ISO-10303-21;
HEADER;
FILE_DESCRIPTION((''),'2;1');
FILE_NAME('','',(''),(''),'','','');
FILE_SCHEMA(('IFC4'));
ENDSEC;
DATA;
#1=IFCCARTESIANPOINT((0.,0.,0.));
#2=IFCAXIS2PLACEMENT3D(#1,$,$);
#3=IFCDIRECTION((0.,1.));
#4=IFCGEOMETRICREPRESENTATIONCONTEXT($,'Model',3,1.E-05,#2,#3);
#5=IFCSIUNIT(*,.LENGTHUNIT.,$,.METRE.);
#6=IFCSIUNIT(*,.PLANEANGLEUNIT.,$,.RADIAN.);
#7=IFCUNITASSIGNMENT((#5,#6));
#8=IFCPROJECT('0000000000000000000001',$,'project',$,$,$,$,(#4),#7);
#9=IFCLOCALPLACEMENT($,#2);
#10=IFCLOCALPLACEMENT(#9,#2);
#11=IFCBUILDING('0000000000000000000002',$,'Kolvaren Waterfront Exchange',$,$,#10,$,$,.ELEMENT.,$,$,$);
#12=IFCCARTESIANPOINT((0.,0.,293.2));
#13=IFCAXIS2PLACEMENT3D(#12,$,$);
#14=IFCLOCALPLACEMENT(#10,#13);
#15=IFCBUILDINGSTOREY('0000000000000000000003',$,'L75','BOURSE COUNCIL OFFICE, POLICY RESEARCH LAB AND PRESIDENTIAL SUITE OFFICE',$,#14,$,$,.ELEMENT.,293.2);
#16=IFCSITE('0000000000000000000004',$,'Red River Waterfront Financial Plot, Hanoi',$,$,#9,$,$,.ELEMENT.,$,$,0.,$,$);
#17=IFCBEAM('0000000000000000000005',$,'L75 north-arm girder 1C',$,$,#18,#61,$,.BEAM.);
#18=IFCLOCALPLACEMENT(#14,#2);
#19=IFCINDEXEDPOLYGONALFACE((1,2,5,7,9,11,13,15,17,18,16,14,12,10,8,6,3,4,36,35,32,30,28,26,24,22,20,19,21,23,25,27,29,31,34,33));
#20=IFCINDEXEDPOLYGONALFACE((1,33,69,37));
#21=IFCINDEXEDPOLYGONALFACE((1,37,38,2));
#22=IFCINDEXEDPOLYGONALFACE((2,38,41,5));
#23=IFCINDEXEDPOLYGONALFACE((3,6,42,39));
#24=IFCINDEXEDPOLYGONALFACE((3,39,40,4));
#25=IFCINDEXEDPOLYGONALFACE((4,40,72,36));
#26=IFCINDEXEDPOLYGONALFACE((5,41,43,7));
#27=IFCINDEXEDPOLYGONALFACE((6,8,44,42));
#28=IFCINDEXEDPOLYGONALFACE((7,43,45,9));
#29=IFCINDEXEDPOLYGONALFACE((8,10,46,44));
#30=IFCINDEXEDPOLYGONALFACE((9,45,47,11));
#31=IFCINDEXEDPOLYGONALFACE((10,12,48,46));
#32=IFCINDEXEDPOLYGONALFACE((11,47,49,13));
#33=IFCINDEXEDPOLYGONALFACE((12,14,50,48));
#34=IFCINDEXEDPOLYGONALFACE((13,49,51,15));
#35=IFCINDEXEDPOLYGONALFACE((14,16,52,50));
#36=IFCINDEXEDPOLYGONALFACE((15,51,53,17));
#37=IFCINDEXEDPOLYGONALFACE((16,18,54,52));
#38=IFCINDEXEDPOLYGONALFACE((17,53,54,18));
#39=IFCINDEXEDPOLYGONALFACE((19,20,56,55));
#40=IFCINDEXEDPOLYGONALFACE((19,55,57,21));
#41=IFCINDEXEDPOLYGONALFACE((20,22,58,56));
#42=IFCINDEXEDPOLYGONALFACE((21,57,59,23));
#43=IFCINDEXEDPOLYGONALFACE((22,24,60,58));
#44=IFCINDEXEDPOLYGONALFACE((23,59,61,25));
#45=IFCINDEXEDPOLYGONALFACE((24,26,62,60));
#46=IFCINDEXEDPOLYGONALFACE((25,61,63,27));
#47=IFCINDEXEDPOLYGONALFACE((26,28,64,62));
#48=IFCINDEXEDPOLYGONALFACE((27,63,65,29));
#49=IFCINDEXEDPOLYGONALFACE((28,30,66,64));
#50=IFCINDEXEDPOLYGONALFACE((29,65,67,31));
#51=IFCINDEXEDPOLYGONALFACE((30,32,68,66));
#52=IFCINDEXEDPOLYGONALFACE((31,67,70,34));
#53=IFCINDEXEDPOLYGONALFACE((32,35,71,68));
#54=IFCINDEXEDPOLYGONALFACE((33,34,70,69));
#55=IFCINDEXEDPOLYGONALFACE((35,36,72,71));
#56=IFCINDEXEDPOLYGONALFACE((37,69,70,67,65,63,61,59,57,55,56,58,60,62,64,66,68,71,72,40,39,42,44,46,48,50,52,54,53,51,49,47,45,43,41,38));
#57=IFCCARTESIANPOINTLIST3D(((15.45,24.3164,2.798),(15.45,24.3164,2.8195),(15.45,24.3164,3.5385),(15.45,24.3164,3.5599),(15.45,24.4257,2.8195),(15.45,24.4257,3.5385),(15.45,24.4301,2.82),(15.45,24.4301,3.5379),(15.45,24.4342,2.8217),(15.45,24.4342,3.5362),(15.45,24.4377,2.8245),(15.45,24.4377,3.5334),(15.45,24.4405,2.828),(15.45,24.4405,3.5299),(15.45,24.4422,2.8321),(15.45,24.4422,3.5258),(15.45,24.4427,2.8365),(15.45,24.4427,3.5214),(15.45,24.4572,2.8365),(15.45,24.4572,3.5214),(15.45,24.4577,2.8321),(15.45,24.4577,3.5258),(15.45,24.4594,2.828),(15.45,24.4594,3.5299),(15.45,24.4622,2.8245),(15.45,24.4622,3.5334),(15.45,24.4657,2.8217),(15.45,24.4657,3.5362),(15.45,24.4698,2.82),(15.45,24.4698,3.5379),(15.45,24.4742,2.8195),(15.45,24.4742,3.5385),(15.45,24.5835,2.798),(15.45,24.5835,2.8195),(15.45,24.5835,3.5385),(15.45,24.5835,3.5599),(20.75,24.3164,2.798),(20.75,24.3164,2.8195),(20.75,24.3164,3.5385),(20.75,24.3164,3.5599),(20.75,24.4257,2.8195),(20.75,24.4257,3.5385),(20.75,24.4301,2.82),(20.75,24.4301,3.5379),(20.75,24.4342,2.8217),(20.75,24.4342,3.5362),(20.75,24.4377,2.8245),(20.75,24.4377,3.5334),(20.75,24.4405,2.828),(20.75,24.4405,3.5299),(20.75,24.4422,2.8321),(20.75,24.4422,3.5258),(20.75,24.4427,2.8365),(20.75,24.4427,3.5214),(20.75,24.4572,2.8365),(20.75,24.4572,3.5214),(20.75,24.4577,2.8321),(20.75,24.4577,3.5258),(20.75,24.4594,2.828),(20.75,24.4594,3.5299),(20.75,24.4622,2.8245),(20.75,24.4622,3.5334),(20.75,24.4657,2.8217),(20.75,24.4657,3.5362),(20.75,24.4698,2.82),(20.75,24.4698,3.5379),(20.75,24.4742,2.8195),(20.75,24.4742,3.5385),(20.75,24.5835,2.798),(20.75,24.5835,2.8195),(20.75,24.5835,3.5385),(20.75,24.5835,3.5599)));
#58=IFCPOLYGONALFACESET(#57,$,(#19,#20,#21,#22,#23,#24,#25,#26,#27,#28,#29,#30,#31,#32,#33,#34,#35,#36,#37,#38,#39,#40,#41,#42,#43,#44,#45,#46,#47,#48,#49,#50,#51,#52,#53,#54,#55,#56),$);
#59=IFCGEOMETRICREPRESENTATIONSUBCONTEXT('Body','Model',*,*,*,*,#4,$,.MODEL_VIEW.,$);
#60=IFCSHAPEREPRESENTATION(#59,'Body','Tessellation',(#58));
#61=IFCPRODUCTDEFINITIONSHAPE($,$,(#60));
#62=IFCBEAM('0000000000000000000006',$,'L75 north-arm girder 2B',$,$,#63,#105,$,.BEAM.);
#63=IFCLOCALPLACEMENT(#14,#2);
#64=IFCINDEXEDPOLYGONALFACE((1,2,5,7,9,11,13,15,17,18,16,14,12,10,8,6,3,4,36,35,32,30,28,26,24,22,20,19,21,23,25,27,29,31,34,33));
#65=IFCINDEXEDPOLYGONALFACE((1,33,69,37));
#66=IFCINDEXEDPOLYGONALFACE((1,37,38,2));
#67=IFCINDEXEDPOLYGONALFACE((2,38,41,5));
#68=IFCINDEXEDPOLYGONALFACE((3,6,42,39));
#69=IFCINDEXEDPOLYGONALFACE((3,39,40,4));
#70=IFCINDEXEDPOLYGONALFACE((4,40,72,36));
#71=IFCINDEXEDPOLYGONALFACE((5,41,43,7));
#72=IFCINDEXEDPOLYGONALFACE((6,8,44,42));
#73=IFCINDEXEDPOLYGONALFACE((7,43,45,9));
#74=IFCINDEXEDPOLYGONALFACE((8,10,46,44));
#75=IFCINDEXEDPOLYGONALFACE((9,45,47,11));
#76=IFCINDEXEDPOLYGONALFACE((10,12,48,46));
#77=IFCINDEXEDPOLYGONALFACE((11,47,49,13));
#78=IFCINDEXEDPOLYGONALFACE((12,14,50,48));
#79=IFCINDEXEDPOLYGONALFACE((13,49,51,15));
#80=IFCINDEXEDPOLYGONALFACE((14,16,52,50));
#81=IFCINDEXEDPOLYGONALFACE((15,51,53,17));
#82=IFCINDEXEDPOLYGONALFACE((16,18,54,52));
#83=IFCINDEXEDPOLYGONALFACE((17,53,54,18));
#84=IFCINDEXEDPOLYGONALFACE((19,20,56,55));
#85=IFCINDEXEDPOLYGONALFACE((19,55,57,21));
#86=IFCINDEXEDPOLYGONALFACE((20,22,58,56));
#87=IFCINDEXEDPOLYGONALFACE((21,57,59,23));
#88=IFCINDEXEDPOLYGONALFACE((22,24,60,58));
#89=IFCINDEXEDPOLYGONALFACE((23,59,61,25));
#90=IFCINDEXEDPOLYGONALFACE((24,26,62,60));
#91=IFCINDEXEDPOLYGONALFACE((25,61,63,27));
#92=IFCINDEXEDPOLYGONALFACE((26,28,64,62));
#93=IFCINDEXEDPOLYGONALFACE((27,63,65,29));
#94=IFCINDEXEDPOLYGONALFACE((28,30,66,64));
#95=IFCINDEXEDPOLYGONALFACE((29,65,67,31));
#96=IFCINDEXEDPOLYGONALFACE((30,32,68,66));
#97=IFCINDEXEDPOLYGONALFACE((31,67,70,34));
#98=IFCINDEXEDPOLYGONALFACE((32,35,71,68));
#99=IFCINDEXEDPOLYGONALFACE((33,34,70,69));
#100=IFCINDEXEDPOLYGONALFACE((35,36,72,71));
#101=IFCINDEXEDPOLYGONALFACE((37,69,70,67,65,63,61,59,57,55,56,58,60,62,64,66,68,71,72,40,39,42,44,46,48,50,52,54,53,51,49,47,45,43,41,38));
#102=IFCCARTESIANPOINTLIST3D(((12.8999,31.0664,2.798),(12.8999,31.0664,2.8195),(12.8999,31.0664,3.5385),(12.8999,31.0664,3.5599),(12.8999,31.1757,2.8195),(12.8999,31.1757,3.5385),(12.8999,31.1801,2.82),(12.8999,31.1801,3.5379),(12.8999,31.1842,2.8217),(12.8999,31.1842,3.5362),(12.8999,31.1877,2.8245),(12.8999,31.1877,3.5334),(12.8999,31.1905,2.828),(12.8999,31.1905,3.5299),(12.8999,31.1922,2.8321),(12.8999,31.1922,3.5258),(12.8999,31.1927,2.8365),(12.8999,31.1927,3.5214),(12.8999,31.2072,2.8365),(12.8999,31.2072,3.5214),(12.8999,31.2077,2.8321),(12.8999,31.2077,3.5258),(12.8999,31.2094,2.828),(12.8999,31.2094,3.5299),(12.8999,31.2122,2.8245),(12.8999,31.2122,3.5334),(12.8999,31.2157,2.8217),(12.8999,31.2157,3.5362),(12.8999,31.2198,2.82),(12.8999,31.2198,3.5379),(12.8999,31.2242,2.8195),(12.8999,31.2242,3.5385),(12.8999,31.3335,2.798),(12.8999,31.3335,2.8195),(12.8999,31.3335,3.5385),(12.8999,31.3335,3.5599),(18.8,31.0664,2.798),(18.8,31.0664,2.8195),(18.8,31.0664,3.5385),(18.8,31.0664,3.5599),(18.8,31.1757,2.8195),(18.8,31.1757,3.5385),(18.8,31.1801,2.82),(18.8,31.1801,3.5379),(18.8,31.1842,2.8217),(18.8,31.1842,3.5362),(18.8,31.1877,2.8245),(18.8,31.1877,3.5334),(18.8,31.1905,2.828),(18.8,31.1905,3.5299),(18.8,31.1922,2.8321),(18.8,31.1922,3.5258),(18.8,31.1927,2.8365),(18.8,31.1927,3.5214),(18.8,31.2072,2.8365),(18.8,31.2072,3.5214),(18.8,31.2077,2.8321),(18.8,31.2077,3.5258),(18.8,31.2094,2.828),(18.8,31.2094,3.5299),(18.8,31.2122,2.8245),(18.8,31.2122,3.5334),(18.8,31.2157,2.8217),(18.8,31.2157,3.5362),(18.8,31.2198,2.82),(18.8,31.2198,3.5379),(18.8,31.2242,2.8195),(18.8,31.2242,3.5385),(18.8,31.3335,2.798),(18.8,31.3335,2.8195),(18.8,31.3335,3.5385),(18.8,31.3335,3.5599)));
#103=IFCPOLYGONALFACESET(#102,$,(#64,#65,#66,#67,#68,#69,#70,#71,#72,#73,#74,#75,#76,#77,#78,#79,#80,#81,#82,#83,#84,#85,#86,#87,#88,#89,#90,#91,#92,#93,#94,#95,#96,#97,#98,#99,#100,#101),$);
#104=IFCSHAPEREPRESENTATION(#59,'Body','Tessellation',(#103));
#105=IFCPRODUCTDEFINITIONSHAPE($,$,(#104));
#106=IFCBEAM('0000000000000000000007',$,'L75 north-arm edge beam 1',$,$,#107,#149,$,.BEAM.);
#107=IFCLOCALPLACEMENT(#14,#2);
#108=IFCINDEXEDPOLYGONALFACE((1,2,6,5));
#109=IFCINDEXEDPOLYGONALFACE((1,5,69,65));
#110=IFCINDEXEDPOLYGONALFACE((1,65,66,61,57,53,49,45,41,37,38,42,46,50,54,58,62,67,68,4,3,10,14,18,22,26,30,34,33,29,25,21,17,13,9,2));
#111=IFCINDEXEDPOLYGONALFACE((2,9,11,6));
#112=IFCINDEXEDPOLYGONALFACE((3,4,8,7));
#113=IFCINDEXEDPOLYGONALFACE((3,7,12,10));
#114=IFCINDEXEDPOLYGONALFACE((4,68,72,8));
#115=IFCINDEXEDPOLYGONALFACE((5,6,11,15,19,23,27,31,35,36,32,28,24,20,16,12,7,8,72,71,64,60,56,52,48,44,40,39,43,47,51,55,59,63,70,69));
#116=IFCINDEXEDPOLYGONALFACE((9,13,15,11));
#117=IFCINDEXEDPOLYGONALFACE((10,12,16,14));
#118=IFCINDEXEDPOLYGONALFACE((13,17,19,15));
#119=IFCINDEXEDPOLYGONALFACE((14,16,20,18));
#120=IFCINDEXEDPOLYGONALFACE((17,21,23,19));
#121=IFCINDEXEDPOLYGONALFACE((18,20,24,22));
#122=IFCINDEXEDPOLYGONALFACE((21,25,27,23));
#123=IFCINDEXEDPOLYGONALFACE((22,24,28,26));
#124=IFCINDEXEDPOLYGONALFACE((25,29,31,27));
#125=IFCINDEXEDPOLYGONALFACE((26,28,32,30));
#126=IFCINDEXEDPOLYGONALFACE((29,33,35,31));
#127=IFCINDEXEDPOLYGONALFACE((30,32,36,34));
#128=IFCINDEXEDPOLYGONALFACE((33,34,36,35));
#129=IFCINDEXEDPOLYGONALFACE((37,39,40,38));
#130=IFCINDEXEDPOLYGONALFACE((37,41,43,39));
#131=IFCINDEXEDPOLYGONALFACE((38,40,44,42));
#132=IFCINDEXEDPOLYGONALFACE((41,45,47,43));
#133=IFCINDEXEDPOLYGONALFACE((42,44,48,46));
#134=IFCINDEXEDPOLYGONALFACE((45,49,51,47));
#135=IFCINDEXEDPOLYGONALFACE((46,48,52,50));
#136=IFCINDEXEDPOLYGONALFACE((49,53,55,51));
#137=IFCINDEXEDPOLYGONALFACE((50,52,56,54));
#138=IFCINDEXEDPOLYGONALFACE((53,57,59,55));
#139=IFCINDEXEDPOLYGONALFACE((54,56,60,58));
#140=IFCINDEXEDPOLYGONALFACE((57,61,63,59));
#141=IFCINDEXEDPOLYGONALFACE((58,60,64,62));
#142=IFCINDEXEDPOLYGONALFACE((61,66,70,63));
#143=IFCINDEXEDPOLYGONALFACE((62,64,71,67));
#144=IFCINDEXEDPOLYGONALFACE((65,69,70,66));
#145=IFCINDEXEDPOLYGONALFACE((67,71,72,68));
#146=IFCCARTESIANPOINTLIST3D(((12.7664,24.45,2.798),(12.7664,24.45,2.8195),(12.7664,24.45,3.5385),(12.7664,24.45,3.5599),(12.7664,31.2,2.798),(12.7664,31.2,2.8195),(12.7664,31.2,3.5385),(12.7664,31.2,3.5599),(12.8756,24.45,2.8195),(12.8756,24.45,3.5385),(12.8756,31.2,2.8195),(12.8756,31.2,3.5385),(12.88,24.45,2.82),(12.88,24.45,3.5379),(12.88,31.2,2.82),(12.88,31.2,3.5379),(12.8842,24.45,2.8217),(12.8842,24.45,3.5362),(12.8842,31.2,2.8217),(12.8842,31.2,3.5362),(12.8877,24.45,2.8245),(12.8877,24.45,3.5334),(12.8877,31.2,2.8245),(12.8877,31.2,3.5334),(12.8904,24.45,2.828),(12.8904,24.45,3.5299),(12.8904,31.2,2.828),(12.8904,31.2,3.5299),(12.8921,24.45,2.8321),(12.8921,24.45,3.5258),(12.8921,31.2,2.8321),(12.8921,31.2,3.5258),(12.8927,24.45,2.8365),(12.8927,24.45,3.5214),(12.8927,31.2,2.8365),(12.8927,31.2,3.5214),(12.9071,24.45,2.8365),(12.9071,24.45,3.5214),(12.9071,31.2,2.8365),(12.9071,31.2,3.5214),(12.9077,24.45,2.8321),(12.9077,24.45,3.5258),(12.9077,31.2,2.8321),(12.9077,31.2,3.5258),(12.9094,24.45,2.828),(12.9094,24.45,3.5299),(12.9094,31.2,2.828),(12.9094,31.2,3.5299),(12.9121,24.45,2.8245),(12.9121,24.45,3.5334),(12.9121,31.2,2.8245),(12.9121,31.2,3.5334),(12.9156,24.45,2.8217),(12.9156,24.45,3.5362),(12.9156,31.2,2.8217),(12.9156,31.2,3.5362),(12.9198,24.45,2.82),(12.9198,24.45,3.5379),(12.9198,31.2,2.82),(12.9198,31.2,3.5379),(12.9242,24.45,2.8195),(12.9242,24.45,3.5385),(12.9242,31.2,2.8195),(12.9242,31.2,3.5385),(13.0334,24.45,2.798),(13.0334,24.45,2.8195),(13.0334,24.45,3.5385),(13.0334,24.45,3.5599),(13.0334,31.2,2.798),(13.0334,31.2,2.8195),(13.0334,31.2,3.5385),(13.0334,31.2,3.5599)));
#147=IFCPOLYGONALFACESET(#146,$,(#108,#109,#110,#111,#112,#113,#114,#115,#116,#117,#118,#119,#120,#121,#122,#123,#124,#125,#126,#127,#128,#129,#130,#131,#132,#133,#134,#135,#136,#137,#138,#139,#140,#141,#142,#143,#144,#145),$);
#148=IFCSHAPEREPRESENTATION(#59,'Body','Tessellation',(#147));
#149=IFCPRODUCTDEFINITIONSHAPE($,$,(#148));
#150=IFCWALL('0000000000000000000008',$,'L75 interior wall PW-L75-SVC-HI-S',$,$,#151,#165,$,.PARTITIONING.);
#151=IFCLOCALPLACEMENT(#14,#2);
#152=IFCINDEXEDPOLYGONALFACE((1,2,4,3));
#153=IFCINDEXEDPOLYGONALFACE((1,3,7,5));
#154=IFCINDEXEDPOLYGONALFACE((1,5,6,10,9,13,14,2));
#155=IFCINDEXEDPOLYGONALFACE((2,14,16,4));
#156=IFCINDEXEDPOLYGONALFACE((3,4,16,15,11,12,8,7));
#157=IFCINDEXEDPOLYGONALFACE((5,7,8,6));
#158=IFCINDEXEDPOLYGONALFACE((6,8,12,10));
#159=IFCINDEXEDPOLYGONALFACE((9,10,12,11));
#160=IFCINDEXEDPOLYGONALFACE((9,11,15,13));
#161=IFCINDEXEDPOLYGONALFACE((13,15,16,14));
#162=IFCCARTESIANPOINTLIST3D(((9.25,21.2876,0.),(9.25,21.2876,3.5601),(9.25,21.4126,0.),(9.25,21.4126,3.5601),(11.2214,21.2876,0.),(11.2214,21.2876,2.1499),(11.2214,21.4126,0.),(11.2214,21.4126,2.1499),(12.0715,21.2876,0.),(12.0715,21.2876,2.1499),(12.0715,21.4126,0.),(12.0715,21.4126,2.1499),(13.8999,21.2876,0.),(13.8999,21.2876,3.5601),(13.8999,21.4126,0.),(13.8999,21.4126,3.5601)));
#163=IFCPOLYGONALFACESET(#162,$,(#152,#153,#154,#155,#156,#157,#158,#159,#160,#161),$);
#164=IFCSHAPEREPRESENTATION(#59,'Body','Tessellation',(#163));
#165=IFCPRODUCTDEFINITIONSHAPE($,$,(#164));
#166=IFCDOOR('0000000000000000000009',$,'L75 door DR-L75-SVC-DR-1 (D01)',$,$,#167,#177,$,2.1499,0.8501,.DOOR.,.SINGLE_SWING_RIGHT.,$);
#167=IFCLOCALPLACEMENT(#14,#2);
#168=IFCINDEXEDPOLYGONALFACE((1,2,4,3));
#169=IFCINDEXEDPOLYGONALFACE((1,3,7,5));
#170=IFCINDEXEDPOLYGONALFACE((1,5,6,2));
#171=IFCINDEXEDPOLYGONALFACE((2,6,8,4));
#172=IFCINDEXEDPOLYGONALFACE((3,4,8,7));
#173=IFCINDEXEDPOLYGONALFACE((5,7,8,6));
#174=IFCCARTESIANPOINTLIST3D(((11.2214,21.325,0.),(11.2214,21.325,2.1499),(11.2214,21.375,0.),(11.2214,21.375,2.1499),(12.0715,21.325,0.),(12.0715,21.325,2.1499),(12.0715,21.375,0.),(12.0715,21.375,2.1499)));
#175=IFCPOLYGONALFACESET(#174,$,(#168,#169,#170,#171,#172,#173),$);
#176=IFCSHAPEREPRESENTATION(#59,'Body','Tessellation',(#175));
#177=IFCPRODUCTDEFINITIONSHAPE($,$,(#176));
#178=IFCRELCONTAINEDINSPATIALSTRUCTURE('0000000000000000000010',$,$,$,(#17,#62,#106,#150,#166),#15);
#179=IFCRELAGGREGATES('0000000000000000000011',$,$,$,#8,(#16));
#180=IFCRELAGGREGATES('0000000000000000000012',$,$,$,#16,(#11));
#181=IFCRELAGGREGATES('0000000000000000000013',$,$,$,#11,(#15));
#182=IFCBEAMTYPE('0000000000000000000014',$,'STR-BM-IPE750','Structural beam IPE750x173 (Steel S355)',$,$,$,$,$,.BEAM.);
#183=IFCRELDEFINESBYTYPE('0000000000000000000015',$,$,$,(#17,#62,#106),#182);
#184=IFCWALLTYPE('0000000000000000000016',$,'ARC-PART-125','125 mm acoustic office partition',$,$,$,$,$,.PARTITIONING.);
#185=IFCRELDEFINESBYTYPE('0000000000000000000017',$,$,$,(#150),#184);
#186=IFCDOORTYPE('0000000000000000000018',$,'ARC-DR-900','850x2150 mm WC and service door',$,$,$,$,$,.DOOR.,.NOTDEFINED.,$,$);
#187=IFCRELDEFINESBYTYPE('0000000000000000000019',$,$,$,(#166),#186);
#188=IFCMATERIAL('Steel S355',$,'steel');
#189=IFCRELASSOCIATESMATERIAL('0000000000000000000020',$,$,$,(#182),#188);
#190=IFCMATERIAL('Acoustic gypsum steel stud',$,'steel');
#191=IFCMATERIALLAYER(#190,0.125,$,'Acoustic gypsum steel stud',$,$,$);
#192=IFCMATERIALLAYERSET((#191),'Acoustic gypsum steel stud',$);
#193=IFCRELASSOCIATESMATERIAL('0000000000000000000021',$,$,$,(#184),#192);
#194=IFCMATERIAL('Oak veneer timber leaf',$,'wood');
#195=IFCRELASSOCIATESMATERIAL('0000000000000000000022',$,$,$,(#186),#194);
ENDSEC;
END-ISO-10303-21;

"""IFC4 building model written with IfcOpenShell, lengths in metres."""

from ifc_helpers import new_model, si_unit, direction, frame, frame_2d, origin, origin_2d, place, context, subcontext, project, spatial, rectangle, i_section, extrude, material, layer, layer_set, material_profile, profile_set, type_object, element, fill, save


model = new_model("IFC4")

# Units and contexts
model_context = context("Model", 3, precision=1e-05, world=origin(), true_north=direction((0.0, 1.0)))
body_context = subcontext(model_context, "Body", "Model", "MODEL_VIEW")
ifc_project = project(units=[si_unit("LENGTHUNIT", "METRE"), si_unit("PLANEANGLEUNIT", "RADIAN")], contexts=[model_context])

# Site, building, storey
site_placement = place(None, origin())
site = spatial("IfcSite", under=ifc_project, at=site_placement, Name="Red River Waterfront Financial Plot, Hanoi", CompositionType="ELEMENT", RefElevation=0.0)
building_placement = place(site_placement, origin())
building = spatial("IfcBuilding", under=site, at=building_placement, Name="Kolvaren Waterfront Exchange", CompositionType="ELEMENT")
storey_placement = place(building_placement, frame((0.0, 0.0, 293.2)))
storey = spatial("IfcBuildingStorey", under=building, at=storey_placement, Name="L75", Description="BOURSE COUNCIL OFFICE, POLICY RESEARCH LAB AND PRESIDENTIAL SUITE OFFICE", CompositionType="ELEMENT", Elevation=293.2)

# Beams
ifc_material_1 = material(Name="Steel S355", Category="steel")
ifc_material_profile_1 = material_profile(ifc_material_1, i_section(OverallWidth=0.2671, OverallDepth=0.762, WebThickness=0.0144, FlangeThickness=0.0215, FilletRadius=0.0171, at=origin_2d()), Name="IPE750x173")
ifc_profile_set_1 = profile_set([ifc_material_profile_1], Name="Steel S355")
beam_type_1 = type_object("IfcBeamType", Name="STR-BM-IPE750", Description="Structural beam IPE750x173 (Steel S355)", PredefinedType="BEAM", material=ifc_profile_set_1)
beam_1_placement = place(storey_placement, frame((15.45, 24.45, 3.179), z_axis=(1.0, 0.0, 0.0), x_axis=(0.0, 1.0, 0.0)))
element("IfcBeam", 1, at=beam_1_placement, inside=storey, type_object=beam_type_1, Name="L75 north-arm girder 1C", PredefinedType="BEAM", context=body_context, shape_type="SweptSolid", body=[
    extrude(i_section(OverallWidth=0.2671, OverallDepth=0.762, WebThickness=0.0144, FlangeThickness=0.0215, FilletRadius=0.0171, at=origin_2d()), origin(), (0.0, 0.0, 1.0), 5.3),
])
beam_2_placement = place(storey_placement, frame((12.8999, 31.2, 3.179), z_axis=(1.0, 0.0, 0.0), x_axis=(0.0, 1.0, 0.0)))
element("IfcBeam", 2, at=beam_2_placement, inside=storey, type_object=beam_type_1, Name="L75 north-arm girder 2B", PredefinedType="BEAM", context=body_context, shape_type="SweptSolid", body=[
    extrude(i_section(OverallWidth=0.2671, OverallDepth=0.762, WebThickness=0.0144, FlangeThickness=0.0215, FilletRadius=0.0171, at=origin_2d()), origin(), (0.0, 0.0, 1.0), 5.9001),
])
beam_3_placement = place(storey_placement, frame((12.8999, 24.45, 3.179), z_axis=(0.0, 1.0, 0.0), x_axis=(-1.0, 0.0, 0.0)))
element("IfcBeam", 3, at=beam_3_placement, inside=storey, type_object=beam_type_1, Name="L75 north-arm edge beam 1", PredefinedType="BEAM", context=body_context, shape_type="SweptSolid", body=[
    extrude(i_section(OverallWidth=0.2671, OverallDepth=0.762, WebThickness=0.0144, FlangeThickness=0.0215, FilletRadius=0.0171, at=origin_2d()), origin(), (0.0, 0.0, 1.0), 6.75),
])

# Wall, opening, door
ifc_material_2 = material(Name="Acoustic gypsum steel stud", Category="steel")
ifc_layer_1 = layer(ifc_material_2, 0.125, Name="Acoustic gypsum steel stud")
ifc_layer_set_1 = layer_set([ifc_layer_1], Name="Acoustic gypsum steel stud")
wall_type_1 = type_object("IfcWallType", Name="ARC-PART-125", Description="125 mm acoustic office partition", PredefinedType="PARTITIONING", material=ifc_layer_set_1)
wall_1_placement = place(storey_placement, frame((9.25, 21.3501, 0.0), z_axis=(0.0, 0.0, 1.0), x_axis=(1.0, 0.0, 0.0)))
wall_1 = element("IfcWall", 4, at=wall_1_placement, inside=storey, type_object=wall_type_1, Name="L75 interior wall PW-L75-SVC-HI-S", PredefinedType="PARTITIONING", context=body_context, shape_type="SweptSolid", body=[
    extrude(rectangle(XDim=4.6499, YDim=0.125, at=frame_2d((2.325, 0.0))), origin(), (0.0, 0.0, 1.0), 3.5601),
])
opening_1_placement = place(wall_1_placement, frame((1.9714, 0.0, 0.0)))
opening_1 = element("IfcOpeningElement", 5, at=opening_1_placement, cuts=wall_1, PredefinedType="OPENING", context=body_context, shape_type="SweptSolid", body=[
    extrude(rectangle(XDim=0.8501, YDim=2.1499, at=frame_2d((0.425, 1.075))), frame((0.0, 0.0725, 0.0), z_axis=(0.0, -1.0, 0.0), x_axis=(1.0, 0.0, 0.0)), (0.0, 0.0, 1.0), 0.145),
])
ifc_material_3 = material(Name="Oak veneer timber leaf", Category="wood")
door_type_1 = type_object("IfcDoorType", Name="ARC-DR-900", Description="850x2150 mm WC and service door", OperationType="NOTDEFINED", PredefinedType="DOOR", material=ifc_material_3)
door_1_placement = place(opening_1_placement, origin())
door_1 = element("IfcDoor", 6, at=door_1_placement, inside=storey, type_object=door_type_1, Name="L75 door DR-L75-SVC-DR-1 (D01)", OperationType="SINGLE_SWING_RIGHT", OverallHeight=2.1499, OverallWidth=0.8501, PredefinedType="DOOR", context=body_context, shape_type="SweptSolid", body=[
    extrude(rectangle(XDim=0.8501, YDim=2.1499, at=frame_2d((0.425, 1.075))), frame((0.0, 0.0249, 0.0), z_axis=(0.0, -1.0, 0.0), x_axis=(1.0, 0.0, 0.0)), (0.0, 0.0, 1.0), 0.05),
])
fill(opening_1, door_1)

save(model, "model.ifc")
